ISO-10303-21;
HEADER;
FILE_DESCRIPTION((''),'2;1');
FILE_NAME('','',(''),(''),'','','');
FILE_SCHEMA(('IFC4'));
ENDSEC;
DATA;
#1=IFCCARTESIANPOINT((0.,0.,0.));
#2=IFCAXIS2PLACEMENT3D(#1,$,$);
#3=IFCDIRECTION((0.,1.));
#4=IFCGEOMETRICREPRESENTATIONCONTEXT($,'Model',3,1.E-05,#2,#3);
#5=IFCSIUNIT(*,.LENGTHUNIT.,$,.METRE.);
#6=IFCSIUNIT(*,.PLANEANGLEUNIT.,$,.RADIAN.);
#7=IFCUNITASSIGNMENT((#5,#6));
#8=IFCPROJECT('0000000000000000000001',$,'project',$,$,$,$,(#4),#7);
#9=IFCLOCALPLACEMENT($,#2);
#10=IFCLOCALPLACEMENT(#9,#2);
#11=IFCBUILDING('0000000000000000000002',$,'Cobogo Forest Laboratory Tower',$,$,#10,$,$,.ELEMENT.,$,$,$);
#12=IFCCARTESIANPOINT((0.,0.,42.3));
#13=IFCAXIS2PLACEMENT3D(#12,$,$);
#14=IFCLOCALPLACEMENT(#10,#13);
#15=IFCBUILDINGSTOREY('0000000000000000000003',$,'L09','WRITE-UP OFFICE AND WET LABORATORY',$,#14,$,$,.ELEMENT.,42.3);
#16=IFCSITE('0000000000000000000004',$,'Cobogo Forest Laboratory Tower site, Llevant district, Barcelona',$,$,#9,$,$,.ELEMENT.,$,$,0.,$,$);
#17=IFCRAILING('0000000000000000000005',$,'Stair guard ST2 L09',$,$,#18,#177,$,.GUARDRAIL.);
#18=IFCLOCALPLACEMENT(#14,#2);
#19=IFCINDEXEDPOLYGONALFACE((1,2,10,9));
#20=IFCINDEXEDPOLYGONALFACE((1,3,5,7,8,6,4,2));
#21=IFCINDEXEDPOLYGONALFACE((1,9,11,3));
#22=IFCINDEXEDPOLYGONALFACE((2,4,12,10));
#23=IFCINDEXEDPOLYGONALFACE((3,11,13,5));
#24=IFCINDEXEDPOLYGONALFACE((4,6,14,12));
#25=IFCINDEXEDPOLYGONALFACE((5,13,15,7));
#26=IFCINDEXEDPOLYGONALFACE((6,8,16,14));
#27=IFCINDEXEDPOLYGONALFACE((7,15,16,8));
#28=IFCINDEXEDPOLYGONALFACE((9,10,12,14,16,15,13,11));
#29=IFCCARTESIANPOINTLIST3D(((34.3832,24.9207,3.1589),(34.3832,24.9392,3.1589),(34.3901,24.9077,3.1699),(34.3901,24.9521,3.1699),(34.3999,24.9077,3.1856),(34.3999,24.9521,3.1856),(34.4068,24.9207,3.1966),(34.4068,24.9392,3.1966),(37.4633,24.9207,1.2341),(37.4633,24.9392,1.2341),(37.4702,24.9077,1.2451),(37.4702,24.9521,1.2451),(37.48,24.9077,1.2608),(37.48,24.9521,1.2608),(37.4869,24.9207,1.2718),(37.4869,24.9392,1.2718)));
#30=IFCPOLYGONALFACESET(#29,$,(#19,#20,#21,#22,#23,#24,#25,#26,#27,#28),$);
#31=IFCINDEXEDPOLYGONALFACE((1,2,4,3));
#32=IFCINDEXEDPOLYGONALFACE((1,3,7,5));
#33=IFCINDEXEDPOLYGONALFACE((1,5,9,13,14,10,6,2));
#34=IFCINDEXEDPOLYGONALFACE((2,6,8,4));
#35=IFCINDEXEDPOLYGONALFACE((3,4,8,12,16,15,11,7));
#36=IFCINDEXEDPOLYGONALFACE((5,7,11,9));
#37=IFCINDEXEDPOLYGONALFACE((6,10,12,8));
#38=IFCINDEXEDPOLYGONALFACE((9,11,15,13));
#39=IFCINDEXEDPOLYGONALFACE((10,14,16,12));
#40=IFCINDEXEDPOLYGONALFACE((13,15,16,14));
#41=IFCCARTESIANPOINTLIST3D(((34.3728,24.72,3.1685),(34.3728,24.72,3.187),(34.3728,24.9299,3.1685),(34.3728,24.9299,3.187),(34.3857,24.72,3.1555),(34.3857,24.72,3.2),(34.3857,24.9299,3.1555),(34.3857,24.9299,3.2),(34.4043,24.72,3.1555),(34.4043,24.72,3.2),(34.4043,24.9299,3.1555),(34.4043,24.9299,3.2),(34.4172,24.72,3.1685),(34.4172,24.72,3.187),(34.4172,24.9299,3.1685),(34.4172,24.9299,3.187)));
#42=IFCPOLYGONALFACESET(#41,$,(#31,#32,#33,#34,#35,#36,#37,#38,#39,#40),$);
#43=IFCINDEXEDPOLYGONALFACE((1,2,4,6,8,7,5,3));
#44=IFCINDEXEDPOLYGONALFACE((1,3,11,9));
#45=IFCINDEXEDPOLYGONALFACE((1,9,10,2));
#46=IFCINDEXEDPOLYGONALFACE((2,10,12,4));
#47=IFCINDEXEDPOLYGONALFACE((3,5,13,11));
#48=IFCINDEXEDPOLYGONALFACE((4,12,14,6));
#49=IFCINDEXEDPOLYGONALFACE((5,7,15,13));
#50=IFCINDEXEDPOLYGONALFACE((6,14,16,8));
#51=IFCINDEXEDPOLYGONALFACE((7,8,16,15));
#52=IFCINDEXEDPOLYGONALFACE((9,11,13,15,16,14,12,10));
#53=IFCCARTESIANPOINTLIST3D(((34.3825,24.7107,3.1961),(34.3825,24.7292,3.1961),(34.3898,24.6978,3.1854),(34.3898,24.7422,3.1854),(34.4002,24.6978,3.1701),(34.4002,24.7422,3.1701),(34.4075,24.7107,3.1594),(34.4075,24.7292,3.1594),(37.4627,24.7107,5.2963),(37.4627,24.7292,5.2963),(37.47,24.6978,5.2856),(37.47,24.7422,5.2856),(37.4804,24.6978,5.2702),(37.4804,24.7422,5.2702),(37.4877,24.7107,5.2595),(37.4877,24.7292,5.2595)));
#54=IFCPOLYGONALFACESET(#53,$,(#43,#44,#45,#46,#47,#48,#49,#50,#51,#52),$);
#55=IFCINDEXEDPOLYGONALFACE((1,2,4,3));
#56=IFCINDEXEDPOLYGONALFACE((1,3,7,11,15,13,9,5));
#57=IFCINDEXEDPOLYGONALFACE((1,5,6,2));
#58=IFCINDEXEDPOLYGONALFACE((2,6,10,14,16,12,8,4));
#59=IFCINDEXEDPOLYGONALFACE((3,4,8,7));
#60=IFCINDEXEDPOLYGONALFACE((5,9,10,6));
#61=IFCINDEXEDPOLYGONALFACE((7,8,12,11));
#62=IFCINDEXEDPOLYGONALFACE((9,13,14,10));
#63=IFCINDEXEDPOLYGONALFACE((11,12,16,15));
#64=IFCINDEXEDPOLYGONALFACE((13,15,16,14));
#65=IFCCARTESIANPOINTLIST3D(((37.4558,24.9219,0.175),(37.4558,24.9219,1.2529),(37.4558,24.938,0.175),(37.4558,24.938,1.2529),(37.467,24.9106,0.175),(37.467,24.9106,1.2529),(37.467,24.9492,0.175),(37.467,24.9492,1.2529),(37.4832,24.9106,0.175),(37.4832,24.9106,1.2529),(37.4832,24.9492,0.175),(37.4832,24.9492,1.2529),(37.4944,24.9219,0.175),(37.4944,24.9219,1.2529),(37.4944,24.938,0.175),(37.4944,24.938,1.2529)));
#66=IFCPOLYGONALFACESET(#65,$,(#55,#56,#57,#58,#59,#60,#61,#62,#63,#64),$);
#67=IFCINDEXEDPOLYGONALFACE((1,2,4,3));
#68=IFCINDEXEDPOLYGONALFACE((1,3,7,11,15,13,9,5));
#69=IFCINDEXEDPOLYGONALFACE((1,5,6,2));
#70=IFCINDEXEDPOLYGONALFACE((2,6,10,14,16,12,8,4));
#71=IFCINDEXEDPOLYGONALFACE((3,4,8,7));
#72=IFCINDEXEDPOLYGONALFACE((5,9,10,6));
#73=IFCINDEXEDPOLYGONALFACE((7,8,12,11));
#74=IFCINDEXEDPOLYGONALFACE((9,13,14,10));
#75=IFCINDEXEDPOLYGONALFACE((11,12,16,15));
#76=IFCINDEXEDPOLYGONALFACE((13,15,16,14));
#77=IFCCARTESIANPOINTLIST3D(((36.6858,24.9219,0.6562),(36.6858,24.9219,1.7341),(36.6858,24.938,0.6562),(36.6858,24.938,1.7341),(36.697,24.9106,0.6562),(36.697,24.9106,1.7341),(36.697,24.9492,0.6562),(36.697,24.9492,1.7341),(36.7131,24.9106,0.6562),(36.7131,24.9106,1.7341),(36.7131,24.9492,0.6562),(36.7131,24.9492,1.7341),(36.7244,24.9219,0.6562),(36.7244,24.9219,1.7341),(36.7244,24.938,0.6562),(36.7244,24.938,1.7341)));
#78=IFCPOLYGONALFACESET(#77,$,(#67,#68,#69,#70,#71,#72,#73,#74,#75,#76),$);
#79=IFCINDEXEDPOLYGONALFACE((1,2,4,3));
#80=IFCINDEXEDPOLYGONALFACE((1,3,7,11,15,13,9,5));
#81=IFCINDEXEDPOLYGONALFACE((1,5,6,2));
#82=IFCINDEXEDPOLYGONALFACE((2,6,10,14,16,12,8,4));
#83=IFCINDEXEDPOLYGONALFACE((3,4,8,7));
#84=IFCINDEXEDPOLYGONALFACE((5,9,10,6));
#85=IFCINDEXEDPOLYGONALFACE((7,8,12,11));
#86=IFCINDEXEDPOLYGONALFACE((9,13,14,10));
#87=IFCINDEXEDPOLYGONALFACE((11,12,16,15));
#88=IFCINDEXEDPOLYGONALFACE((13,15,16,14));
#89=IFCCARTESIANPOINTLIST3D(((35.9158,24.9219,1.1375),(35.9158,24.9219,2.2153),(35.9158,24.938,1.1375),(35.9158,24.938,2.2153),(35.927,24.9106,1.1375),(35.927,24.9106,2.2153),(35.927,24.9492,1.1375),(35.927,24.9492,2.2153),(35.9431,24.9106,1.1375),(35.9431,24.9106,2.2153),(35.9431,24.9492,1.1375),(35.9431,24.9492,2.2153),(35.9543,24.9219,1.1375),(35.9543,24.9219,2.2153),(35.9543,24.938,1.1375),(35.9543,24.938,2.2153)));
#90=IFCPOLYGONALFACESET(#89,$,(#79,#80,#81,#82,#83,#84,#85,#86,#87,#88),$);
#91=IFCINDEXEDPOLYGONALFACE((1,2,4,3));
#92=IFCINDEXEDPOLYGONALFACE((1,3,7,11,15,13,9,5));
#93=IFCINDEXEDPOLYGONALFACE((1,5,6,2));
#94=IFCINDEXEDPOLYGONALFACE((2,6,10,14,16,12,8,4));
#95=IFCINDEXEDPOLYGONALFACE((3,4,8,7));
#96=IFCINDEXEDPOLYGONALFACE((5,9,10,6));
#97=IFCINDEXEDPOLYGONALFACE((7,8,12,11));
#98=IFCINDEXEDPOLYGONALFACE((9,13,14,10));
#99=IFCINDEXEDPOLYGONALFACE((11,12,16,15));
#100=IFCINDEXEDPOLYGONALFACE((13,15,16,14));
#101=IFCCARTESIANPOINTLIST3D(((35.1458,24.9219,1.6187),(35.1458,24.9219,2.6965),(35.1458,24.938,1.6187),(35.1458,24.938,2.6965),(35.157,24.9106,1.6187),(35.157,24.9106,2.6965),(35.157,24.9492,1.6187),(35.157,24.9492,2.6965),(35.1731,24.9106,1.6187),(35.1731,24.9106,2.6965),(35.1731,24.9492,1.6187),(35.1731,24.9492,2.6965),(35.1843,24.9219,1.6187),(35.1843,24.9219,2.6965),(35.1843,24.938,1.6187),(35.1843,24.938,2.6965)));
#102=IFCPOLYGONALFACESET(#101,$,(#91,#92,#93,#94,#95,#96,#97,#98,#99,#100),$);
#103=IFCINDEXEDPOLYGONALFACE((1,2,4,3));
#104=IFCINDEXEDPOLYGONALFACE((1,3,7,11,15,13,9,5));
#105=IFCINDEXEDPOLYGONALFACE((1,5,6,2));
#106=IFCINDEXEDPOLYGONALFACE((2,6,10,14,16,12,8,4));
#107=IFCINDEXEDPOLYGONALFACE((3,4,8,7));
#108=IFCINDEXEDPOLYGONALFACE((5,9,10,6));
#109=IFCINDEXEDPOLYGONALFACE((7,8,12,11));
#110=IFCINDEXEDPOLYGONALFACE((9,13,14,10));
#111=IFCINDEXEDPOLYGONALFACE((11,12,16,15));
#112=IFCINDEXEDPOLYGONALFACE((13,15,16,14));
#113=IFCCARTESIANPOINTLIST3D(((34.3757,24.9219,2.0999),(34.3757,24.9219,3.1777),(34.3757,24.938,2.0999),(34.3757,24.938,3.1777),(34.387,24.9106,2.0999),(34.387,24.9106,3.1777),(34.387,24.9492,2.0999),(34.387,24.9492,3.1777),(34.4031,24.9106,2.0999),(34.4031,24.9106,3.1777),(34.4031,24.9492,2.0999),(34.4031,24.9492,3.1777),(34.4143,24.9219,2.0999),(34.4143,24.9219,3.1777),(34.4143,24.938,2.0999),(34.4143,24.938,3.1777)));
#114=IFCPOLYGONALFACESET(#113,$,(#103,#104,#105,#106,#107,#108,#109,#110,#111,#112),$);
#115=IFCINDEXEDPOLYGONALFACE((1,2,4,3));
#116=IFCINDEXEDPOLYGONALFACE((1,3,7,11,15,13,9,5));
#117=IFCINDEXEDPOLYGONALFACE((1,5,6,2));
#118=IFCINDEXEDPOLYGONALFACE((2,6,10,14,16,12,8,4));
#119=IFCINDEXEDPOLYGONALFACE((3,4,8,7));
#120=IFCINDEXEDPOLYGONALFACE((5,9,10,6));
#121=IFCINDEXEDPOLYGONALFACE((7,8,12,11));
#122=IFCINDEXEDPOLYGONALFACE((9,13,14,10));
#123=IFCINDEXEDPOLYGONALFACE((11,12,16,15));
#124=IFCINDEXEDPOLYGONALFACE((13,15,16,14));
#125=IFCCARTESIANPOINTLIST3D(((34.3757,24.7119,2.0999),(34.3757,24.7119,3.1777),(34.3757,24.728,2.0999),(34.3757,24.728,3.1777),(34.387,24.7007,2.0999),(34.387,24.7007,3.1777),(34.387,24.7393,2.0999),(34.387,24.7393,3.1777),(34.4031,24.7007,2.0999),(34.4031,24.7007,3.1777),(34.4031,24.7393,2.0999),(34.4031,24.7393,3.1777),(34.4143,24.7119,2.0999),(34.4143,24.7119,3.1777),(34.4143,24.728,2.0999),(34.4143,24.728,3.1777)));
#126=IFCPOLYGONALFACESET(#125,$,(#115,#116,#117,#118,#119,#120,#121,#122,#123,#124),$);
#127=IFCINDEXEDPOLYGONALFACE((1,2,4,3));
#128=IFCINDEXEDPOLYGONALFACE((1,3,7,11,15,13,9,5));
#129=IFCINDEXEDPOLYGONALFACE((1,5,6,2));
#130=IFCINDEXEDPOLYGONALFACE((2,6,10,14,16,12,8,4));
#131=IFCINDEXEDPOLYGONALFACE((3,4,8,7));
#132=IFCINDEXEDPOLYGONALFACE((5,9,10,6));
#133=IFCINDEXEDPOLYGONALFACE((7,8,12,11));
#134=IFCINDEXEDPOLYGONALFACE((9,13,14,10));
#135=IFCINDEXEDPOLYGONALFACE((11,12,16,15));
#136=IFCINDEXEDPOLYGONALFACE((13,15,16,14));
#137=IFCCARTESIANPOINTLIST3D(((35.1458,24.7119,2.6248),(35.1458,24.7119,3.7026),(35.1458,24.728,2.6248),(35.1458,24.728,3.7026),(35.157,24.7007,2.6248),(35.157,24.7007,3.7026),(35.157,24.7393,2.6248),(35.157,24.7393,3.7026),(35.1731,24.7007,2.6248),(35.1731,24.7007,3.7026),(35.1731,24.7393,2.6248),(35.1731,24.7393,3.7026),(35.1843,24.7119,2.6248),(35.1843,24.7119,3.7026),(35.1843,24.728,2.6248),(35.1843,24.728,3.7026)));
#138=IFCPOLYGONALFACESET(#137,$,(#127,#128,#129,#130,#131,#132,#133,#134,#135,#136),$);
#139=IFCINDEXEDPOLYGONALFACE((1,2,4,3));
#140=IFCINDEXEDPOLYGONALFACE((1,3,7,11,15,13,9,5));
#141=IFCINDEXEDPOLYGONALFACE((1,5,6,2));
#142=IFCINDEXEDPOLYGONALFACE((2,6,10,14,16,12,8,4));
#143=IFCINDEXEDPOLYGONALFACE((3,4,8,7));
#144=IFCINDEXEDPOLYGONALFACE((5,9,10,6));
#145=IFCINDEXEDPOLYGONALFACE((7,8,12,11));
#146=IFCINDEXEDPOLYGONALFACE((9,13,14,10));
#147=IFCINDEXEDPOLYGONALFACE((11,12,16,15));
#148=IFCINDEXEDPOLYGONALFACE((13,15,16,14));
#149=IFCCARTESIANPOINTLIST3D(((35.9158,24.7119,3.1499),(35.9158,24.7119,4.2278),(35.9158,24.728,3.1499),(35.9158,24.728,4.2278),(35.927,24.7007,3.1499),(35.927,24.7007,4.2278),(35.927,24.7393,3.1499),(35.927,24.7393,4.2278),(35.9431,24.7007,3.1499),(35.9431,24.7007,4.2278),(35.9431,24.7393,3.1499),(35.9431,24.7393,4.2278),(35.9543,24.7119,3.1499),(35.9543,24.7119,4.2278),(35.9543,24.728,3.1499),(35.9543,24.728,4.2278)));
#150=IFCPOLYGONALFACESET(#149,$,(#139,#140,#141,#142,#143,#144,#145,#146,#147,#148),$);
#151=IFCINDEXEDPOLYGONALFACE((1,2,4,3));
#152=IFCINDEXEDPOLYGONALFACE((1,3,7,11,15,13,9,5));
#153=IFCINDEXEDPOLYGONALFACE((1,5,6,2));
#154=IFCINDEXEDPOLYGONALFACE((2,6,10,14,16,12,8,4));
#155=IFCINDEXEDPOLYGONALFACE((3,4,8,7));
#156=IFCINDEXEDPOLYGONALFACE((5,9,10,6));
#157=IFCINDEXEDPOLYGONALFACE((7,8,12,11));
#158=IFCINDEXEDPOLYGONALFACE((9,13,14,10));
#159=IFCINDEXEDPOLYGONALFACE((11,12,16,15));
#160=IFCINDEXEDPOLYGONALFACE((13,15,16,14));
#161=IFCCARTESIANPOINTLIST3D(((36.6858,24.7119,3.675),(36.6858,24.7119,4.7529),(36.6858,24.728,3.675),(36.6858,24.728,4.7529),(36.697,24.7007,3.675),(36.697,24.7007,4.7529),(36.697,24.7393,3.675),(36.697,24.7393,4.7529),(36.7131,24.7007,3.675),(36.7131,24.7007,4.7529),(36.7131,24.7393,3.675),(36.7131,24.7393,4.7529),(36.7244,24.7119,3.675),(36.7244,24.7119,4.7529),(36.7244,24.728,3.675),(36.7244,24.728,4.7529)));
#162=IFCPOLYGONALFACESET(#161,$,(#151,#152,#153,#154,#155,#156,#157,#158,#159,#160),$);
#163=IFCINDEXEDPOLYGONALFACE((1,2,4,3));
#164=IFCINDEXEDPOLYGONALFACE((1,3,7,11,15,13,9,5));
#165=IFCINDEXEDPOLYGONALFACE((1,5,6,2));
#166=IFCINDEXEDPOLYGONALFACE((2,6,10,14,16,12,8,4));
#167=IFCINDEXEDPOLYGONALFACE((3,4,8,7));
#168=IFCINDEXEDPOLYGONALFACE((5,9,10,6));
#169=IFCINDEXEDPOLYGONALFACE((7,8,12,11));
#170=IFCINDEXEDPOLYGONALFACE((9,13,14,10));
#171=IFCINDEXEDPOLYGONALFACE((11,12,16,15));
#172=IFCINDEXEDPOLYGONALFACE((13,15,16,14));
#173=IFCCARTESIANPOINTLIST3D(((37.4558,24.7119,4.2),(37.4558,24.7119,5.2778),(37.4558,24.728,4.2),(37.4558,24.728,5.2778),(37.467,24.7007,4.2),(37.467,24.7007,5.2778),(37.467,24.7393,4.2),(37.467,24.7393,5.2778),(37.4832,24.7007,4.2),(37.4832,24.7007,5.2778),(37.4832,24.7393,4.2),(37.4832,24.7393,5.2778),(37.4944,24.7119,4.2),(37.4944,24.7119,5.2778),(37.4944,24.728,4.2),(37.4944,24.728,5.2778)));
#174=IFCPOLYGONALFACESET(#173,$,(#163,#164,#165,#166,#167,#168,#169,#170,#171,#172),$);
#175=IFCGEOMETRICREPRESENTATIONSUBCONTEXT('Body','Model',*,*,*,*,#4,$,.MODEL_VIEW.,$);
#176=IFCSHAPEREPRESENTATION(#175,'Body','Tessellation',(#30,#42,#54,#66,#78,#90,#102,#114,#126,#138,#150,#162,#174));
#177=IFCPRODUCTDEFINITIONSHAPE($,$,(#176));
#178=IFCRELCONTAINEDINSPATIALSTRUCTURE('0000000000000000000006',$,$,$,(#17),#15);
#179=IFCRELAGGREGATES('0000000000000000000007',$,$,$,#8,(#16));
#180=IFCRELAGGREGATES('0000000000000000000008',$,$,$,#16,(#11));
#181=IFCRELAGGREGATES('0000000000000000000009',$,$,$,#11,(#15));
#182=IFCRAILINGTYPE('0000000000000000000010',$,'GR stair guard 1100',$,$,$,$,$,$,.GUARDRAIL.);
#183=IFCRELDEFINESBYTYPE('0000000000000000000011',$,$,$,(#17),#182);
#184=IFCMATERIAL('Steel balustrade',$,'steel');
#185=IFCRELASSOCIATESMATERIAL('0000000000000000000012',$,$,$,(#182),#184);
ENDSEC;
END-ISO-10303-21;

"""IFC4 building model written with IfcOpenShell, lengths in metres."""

from ifc_helpers import new_model, si_unit, direction, frame, origin, place, context, subcontext, project, spatial, polyline, outline, extrude, material, type_object, element, save


model = new_model("IFC4")

# Units and contexts
model_context = context("Model", 3, precision=1e-05, world=origin(), true_north=direction((0.0, 1.0)))
body_context = subcontext(model_context, "Body", "Model", "MODEL_VIEW")
ifc_project = project(units=[si_unit("LENGTHUNIT", "METRE"), si_unit("PLANEANGLEUNIT", "RADIAN")], contexts=[model_context])

# Site, building, storey
site_placement = place(None, origin())
site = spatial("IfcSite", under=ifc_project, at=site_placement, Name="Cobogo Forest Laboratory Tower site, Llevant district, Barcelona", CompositionType="ELEMENT", RefElevation=0.0)
building_placement = place(site_placement, origin())
building = spatial("IfcBuilding", under=site, at=building_placement, Name="Cobogo Forest Laboratory Tower", CompositionType="ELEMENT")
storey_placement = place(building_placement, frame((0.0, 0.0, 42.3)))
storey = spatial("IfcBuildingStorey", under=building, at=storey_placement, Name="L09", Description="WRITE-UP OFFICE AND WET LABORATORY", CompositionType="ELEMENT", Elevation=42.3)

# Railing
ifc_material_1 = material(Name="Steel balustrade", Category="steel")
railing_type_1 = type_object("IfcRailingType", Name="GR stair guard 1100", PredefinedType="GUARDRAIL", material=ifc_material_1)
railing_1_placement = place(storey_placement, frame((37.4751, 24.9299, 0.175)))
element("IfcRailing", 1, at=railing_1_placement, inside=storey, type_object=railing_type_1, Name="Stair guard ST2 L09", PredefinedType="GUARDRAIL", context=body_context, shape_type="SweptSolid", body=[
    extrude(outline(polyline([(0.0222, 0.0093), (0.0093, 0.0222), (-0.0093, 0.0222), (-0.0222, 0.0093), (-0.0222, -0.0093), (-0.0093, -0.0222), (0.0093, -0.0222), (0.0222, -0.0093), (0.0222, 0.0093)])), frame((0.0, 0.0, 1.0779), z_axis=(-0.848029, 0.0, 0.529951), x_axis=(0.0, -1.0, 0.0)), (0.0, 0.0, 1.0), 3.6321),
    extrude(outline(polyline([(0.0222, 0.0093), (0.0093, 0.0222), (-0.0093, 0.0222), (-0.0222, 0.0093), (-0.0222, -0.0093), (-0.0093, -0.0222), (0.0093, -0.0222), (0.0222, -0.0093), (0.0222, 0.0093)])), frame((-3.0801, 0.0, 3.0027), z_axis=(0.0, -1.0, 0.0), x_axis=(1.0, 0.0, 0.0)), (0.0, 0.0, 1.0), 0.21),
    extrude(outline(polyline([(0.0222, 0.0093), (0.0093, 0.0222), (-0.0093, 0.0222), (-0.0222, 0.0093), (-0.0222, -0.0093), (-0.0093, -0.0222), (0.0093, -0.0222), (0.0222, -0.0093), (0.0222, 0.0093)])), frame((-3.0801, -0.21, 3.0027), z_axis=(0.826222, 0.0, 0.563345), x_axis=(0.0, 1.0, 0.0)), (0.0, 0.0, 1.0), 3.728),
    extrude(outline(polyline([(0.0193, 0.0081), (0.0081, 0.0193), (-0.0081, 0.0193), (-0.0193, 0.0081), (-0.0193, -0.0081), (-0.0081, -0.0193), (0.0081, -0.0193), (0.0193, -0.0081), (0.0193, 0.0081)])), origin(), (0.0, 0.0, 1.0), 1.0779),
    extrude(outline(polyline([(0.0193, 0.0081), (0.0081, 0.0193), (-0.0081, 0.0193), (-0.0193, 0.0081), (-0.0193, -0.0081), (-0.0081, -0.0193), (0.0081, -0.0193), (0.0193, -0.0081), (0.0193, 0.0081)])), frame((-0.77, 0.0, 0.4812)), (0.0, 0.0, 1.0), 1.0779),
    extrude(outline(polyline([(0.0193, 0.0081), (0.0081, 0.0193), (-0.0081, 0.0193), (-0.0193, 0.0081), (-0.0193, -0.0081), (-0.0081, -0.0193), (0.0081, -0.0193), (0.0193, -0.0081), (0.0193, 0.0081)])), frame((-1.54, 0.0, 0.9624)), (0.0, 0.0, 1.0), 1.0779),
    extrude(outline(polyline([(0.0193, 0.0081), (0.0081, 0.0193), (-0.0081, 0.0193), (-0.0193, 0.0081), (-0.0193, -0.0081), (-0.0081, -0.0193), (0.0081, -0.0193), (0.0193, -0.0081), (0.0193, 0.0081)])), frame((-2.3101, 0.0, 1.4436)), (0.0, 0.0, 1.0), 1.0779),
    extrude(outline(polyline([(0.0193, 0.0081), (0.0081, 0.0193), (-0.0081, 0.0193), (-0.0193, 0.0081), (-0.0193, -0.0081), (-0.0081, -0.0193), (0.0081, -0.0193), (0.0193, -0.0081), (0.0193, 0.0081)])), frame((-3.0801, 0.0, 1.9248)), (0.0, 0.0, 1.0), 1.0779),
    extrude(outline(polyline([(0.0193, 0.0081), (0.0081, 0.0193), (-0.0081, 0.0193), (-0.0193, 0.0081), (-0.0193, -0.0081), (-0.0081, -0.0193), (0.0081, -0.0193), (0.0193, -0.0081), (0.0193, 0.0081)])), frame((-3.0801, -0.21, 1.9248)), (0.0, 0.0, 1.0), 1.0779),
    extrude(outline(polyline([(0.0193, 0.0081), (0.0081, 0.0193), (-0.0081, 0.0193), (-0.0193, 0.0081), (-0.0193, -0.0081), (-0.0081, -0.0193), (0.0081, -0.0193), (0.0193, -0.0081), (0.0193, 0.0081)])), frame((-2.3101, -0.21, 2.4497)), (0.0, 0.0, 1.0), 1.0779),
    extrude(outline(polyline([(0.0193, 0.0081), (0.0081, 0.0193), (-0.0081, 0.0193), (-0.0193, 0.0081), (-0.0193, -0.0081), (-0.0081, -0.0193), (0.0081, -0.0193), (0.0193, -0.0081), (0.0193, 0.0081)])), frame((-1.54, -0.21, 2.9749)), (0.0, 0.0, 1.0), 1.0779),
    extrude(outline(polyline([(0.0193, 0.0081), (0.0081, 0.0193), (-0.0081, 0.0193), (-0.0193, 0.0081), (-0.0193, -0.0081), (-0.0081, -0.0193), (0.0081, -0.0193), (0.0193, -0.0081), (0.0193, 0.0081)])), frame((-0.77, -0.21, 3.5)), (0.0, 0.0, 1.0), 1.0779),
    extrude(outline(polyline([(0.0193, 0.0081), (0.0081, 0.0193), (-0.0081, 0.0193), (-0.0193, 0.0081), (-0.0193, -0.0081), (-0.0081, -0.0193), (0.0081, -0.0193), (0.0193, -0.0081), (0.0193, 0.0081)])), frame((0.0, -0.21, 4.0249)), (0.0, 0.0, 1.0), 1.0779),
])

save(model, "model.ifc")
